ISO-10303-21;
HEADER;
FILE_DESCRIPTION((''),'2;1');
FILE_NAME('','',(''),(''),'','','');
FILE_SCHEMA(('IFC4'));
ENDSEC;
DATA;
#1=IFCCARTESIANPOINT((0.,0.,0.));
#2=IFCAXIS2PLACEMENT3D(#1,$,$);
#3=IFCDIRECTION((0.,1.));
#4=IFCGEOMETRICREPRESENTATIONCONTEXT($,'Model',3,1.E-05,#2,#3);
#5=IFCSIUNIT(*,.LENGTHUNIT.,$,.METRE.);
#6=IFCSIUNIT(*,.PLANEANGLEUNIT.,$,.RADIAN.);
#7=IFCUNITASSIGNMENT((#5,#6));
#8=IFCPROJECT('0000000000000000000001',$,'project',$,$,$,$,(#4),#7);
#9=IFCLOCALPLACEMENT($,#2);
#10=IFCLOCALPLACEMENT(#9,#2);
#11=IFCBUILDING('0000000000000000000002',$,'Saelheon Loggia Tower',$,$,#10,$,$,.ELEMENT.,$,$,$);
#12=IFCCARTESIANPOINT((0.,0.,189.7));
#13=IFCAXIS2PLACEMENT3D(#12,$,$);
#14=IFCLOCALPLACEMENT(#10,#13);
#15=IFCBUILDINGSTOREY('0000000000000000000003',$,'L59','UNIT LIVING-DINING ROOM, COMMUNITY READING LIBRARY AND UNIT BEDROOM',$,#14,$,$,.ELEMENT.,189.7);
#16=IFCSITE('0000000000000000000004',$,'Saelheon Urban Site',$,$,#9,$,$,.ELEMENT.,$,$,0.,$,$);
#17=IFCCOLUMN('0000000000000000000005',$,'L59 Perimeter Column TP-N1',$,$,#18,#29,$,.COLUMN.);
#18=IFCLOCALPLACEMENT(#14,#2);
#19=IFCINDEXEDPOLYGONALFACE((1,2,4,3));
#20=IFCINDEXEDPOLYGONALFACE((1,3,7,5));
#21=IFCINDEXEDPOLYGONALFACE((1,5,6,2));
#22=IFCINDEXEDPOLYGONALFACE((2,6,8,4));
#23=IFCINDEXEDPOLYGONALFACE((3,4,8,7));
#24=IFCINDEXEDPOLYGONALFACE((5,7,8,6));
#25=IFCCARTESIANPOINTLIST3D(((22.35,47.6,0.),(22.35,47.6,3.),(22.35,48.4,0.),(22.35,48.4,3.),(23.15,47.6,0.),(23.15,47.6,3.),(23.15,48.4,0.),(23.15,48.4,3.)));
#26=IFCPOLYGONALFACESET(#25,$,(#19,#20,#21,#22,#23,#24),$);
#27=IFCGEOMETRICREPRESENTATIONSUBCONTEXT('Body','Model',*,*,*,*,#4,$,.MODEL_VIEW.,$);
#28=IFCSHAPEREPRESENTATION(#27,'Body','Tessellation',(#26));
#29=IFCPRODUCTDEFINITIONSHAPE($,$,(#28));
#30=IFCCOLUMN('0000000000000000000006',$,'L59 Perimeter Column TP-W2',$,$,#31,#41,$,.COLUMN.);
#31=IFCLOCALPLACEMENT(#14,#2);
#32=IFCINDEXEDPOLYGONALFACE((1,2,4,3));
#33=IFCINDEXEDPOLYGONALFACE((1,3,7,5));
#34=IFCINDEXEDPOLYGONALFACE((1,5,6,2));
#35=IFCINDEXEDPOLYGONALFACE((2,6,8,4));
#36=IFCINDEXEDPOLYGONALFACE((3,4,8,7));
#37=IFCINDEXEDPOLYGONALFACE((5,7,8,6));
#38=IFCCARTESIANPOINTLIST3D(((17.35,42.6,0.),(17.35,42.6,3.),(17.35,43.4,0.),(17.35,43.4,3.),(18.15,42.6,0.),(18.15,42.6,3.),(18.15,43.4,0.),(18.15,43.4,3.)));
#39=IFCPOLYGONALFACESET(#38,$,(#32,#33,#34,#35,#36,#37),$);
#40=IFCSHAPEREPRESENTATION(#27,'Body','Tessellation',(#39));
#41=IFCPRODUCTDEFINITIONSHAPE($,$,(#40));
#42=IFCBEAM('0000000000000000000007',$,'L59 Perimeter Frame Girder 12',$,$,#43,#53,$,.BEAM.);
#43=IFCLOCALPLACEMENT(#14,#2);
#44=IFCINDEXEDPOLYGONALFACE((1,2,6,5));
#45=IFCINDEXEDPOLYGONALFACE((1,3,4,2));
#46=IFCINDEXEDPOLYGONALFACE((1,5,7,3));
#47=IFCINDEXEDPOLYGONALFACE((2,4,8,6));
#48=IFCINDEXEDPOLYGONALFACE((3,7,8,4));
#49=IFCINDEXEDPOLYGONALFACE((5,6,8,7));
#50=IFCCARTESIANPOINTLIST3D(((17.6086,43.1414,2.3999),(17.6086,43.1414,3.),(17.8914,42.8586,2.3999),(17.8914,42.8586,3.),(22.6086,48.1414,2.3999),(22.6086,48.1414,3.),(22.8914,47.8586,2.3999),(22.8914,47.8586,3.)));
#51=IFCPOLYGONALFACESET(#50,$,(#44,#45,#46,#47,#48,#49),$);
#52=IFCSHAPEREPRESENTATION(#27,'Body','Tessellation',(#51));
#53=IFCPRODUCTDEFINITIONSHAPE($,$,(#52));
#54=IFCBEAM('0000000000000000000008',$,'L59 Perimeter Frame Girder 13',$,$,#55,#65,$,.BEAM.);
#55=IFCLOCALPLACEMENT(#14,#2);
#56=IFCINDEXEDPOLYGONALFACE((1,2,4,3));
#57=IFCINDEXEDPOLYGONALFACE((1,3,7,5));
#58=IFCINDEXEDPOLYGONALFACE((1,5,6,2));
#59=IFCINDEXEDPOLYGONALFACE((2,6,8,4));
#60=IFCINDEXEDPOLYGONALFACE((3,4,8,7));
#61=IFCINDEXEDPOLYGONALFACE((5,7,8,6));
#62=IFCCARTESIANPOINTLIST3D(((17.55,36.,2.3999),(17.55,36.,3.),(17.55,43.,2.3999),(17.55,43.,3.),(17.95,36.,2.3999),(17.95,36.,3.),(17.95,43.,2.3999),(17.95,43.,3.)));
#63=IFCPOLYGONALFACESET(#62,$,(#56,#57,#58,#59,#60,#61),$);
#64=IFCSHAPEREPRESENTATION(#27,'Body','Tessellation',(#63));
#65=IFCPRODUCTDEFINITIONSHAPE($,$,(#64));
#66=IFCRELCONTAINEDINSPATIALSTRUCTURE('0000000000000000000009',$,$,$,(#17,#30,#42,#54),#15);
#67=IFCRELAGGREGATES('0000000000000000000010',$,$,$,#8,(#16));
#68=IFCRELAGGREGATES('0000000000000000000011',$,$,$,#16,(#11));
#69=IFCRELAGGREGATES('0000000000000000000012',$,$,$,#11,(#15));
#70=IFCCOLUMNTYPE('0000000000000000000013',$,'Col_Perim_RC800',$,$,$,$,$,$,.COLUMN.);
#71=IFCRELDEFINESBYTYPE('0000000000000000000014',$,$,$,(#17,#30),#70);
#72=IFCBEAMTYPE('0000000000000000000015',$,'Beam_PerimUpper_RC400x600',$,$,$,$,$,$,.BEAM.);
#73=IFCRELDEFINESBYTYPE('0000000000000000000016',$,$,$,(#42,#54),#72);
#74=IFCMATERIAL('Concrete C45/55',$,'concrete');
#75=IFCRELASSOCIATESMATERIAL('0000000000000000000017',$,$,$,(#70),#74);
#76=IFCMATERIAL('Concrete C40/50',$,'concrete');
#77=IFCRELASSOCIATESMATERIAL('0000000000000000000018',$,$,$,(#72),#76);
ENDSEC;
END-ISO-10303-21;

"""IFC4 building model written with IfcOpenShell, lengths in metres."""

from ifc_helpers import new_model, si_unit, direction, frame, origin, origin_2d, place, context, subcontext, project, spatial, rectangle, extrude, source, transform, mapped, material, material_profile, profile_set, type_object, element, save


model = new_model("IFC4")

# Units and contexts
model_context = context("Model", 3, precision=1e-05, world=origin(), true_north=direction((0.0, 1.0)))
body_context = subcontext(model_context, "Body", "Model", "MODEL_VIEW")
ifc_project = project(units=[si_unit("LENGTHUNIT", "METRE"), si_unit("PLANEANGLEUNIT", "RADIAN")], contexts=[model_context])

# Site, building, storey
site_placement = place(None, origin())
site = spatial("IfcSite", under=ifc_project, at=site_placement, Name="Saelheon Urban Site", CompositionType="ELEMENT", RefElevation=0.0)
building_placement = place(site_placement, origin())
building = spatial("IfcBuilding", under=site, at=building_placement, Name="Saelheon Loggia Tower", CompositionType="ELEMENT")
storey_placement = place(building_placement, frame((0.0, 0.0, 189.7)))
storey = spatial("IfcBuildingStorey", under=building, at=storey_placement, Name="L59", Description="UNIT LIVING-DINING ROOM, COMMUNITY READING LIBRARY AND UNIT BEDROOM", CompositionType="ELEMENT", Elevation=189.7)

# Columns
ifc_material_1 = material(Name="Concrete C45/55", Category="concrete")
ifc_material_profile_1 = material_profile(ifc_material_1, rectangle(XDim=0.8, YDim=0.8, at=origin_2d()), Name="RC-800x800")
ifc_profile_set_1 = profile_set([ifc_material_profile_1], Name="Concrete C45/55")
column_type = type_object("IfcColumnType", Name="Col_Perim_RC800", PredefinedType="COLUMN", material=ifc_profile_set_1)
shared_shape_1 = source(origin(), body_context, "Body", "SweptSolid", [
    extrude(rectangle(XDim=0.8, YDim=0.8, at=origin_2d()), origin(), (0.0, 0.0, 1.0), 3.0),
])
for number, where, z_axis, x_axis, name in (
    (1, (22.75, 48.0, 0.0), (0.0, 0.0, 1.0), (1.0, 0.0, 0.0), "L59 Perimeter Column TP-N1"),
    (2, (17.75, 43.0, 0.0), (0.0, 0.0, 1.0), (1.0, 0.0, 0.0), "L59 Perimeter Column TP-W2"),
):
    element("IfcColumn", number, at=place(storey_placement, frame(where, z_axis=z_axis, x_axis=x_axis)), inside=storey, type_object=column_type, Name=name, PredefinedType="COLUMN", context=body_context, shape_type="MappedRepresentation", body=[
        mapped(shared_shape_1, transform((0.0, 0.0, 0.0), scale=1.0)),
    ])

# Beams
ifc_material_2 = material(Name="Concrete C40/50", Category="concrete")
ifc_material_profile_2 = material_profile(ifc_material_2, rectangle(XDim=0.3999, YDim=0.6001, at=origin_2d()), Name="RC-400x600")
ifc_profile_set_2 = profile_set([ifc_material_profile_2], Name="Concrete C40/50")
beam_type = type_object("IfcBeamType", Name="Beam_PerimUpper_RC400x600", PredefinedType="BEAM", material=ifc_profile_set_2)
shared_shape_2 = source(origin(), body_context, "Body", "SweptSolid", [
    extrude(rectangle(XDim=0.3999, YDim=0.6001, at=origin_2d()), origin(), (0.0, 0.0, 1.0), 7.071),
])
beam_1_placement = place(storey_placement, frame((22.75, 48.0, 2.7), z_axis=(-0.707107, -0.707107, 0.0), x_axis=(0.707107, -0.707107, 0.0)))
element("IfcBeam", 3, at=beam_1_placement, inside=storey, type_object=beam_type, Name="L59 Perimeter Frame Girder 12", PredefinedType="BEAM", context=body_context, shape_type="MappedRepresentation", body=[
    mapped(shared_shape_2, transform((0.0, 0.0, 0.0), scale=1.0)),
])
shared_shape_3 = source(origin(), body_context, "Body", "SweptSolid", [
    extrude(rectangle(XDim=0.3999, YDim=0.6001, at=origin_2d()), origin(), (0.0, 0.0, 1.0), 7.0),
])
beam_2_placement = place(storey_placement, frame((17.75, 43.0, 2.7), z_axis=(0.0, -1.0, 0.0), x_axis=(1.0, 0.0, 0.0)))
element("IfcBeam", 4, at=beam_2_placement, inside=storey, type_object=beam_type, Name="L59 Perimeter Frame Girder 13", PredefinedType="BEAM", context=body_context, shape_type="MappedRepresentation", body=[
    mapped(shared_shape_3, transform((0.0, 0.0, 0.0), scale=1.0)),
])

save(model, "model.ifc")
